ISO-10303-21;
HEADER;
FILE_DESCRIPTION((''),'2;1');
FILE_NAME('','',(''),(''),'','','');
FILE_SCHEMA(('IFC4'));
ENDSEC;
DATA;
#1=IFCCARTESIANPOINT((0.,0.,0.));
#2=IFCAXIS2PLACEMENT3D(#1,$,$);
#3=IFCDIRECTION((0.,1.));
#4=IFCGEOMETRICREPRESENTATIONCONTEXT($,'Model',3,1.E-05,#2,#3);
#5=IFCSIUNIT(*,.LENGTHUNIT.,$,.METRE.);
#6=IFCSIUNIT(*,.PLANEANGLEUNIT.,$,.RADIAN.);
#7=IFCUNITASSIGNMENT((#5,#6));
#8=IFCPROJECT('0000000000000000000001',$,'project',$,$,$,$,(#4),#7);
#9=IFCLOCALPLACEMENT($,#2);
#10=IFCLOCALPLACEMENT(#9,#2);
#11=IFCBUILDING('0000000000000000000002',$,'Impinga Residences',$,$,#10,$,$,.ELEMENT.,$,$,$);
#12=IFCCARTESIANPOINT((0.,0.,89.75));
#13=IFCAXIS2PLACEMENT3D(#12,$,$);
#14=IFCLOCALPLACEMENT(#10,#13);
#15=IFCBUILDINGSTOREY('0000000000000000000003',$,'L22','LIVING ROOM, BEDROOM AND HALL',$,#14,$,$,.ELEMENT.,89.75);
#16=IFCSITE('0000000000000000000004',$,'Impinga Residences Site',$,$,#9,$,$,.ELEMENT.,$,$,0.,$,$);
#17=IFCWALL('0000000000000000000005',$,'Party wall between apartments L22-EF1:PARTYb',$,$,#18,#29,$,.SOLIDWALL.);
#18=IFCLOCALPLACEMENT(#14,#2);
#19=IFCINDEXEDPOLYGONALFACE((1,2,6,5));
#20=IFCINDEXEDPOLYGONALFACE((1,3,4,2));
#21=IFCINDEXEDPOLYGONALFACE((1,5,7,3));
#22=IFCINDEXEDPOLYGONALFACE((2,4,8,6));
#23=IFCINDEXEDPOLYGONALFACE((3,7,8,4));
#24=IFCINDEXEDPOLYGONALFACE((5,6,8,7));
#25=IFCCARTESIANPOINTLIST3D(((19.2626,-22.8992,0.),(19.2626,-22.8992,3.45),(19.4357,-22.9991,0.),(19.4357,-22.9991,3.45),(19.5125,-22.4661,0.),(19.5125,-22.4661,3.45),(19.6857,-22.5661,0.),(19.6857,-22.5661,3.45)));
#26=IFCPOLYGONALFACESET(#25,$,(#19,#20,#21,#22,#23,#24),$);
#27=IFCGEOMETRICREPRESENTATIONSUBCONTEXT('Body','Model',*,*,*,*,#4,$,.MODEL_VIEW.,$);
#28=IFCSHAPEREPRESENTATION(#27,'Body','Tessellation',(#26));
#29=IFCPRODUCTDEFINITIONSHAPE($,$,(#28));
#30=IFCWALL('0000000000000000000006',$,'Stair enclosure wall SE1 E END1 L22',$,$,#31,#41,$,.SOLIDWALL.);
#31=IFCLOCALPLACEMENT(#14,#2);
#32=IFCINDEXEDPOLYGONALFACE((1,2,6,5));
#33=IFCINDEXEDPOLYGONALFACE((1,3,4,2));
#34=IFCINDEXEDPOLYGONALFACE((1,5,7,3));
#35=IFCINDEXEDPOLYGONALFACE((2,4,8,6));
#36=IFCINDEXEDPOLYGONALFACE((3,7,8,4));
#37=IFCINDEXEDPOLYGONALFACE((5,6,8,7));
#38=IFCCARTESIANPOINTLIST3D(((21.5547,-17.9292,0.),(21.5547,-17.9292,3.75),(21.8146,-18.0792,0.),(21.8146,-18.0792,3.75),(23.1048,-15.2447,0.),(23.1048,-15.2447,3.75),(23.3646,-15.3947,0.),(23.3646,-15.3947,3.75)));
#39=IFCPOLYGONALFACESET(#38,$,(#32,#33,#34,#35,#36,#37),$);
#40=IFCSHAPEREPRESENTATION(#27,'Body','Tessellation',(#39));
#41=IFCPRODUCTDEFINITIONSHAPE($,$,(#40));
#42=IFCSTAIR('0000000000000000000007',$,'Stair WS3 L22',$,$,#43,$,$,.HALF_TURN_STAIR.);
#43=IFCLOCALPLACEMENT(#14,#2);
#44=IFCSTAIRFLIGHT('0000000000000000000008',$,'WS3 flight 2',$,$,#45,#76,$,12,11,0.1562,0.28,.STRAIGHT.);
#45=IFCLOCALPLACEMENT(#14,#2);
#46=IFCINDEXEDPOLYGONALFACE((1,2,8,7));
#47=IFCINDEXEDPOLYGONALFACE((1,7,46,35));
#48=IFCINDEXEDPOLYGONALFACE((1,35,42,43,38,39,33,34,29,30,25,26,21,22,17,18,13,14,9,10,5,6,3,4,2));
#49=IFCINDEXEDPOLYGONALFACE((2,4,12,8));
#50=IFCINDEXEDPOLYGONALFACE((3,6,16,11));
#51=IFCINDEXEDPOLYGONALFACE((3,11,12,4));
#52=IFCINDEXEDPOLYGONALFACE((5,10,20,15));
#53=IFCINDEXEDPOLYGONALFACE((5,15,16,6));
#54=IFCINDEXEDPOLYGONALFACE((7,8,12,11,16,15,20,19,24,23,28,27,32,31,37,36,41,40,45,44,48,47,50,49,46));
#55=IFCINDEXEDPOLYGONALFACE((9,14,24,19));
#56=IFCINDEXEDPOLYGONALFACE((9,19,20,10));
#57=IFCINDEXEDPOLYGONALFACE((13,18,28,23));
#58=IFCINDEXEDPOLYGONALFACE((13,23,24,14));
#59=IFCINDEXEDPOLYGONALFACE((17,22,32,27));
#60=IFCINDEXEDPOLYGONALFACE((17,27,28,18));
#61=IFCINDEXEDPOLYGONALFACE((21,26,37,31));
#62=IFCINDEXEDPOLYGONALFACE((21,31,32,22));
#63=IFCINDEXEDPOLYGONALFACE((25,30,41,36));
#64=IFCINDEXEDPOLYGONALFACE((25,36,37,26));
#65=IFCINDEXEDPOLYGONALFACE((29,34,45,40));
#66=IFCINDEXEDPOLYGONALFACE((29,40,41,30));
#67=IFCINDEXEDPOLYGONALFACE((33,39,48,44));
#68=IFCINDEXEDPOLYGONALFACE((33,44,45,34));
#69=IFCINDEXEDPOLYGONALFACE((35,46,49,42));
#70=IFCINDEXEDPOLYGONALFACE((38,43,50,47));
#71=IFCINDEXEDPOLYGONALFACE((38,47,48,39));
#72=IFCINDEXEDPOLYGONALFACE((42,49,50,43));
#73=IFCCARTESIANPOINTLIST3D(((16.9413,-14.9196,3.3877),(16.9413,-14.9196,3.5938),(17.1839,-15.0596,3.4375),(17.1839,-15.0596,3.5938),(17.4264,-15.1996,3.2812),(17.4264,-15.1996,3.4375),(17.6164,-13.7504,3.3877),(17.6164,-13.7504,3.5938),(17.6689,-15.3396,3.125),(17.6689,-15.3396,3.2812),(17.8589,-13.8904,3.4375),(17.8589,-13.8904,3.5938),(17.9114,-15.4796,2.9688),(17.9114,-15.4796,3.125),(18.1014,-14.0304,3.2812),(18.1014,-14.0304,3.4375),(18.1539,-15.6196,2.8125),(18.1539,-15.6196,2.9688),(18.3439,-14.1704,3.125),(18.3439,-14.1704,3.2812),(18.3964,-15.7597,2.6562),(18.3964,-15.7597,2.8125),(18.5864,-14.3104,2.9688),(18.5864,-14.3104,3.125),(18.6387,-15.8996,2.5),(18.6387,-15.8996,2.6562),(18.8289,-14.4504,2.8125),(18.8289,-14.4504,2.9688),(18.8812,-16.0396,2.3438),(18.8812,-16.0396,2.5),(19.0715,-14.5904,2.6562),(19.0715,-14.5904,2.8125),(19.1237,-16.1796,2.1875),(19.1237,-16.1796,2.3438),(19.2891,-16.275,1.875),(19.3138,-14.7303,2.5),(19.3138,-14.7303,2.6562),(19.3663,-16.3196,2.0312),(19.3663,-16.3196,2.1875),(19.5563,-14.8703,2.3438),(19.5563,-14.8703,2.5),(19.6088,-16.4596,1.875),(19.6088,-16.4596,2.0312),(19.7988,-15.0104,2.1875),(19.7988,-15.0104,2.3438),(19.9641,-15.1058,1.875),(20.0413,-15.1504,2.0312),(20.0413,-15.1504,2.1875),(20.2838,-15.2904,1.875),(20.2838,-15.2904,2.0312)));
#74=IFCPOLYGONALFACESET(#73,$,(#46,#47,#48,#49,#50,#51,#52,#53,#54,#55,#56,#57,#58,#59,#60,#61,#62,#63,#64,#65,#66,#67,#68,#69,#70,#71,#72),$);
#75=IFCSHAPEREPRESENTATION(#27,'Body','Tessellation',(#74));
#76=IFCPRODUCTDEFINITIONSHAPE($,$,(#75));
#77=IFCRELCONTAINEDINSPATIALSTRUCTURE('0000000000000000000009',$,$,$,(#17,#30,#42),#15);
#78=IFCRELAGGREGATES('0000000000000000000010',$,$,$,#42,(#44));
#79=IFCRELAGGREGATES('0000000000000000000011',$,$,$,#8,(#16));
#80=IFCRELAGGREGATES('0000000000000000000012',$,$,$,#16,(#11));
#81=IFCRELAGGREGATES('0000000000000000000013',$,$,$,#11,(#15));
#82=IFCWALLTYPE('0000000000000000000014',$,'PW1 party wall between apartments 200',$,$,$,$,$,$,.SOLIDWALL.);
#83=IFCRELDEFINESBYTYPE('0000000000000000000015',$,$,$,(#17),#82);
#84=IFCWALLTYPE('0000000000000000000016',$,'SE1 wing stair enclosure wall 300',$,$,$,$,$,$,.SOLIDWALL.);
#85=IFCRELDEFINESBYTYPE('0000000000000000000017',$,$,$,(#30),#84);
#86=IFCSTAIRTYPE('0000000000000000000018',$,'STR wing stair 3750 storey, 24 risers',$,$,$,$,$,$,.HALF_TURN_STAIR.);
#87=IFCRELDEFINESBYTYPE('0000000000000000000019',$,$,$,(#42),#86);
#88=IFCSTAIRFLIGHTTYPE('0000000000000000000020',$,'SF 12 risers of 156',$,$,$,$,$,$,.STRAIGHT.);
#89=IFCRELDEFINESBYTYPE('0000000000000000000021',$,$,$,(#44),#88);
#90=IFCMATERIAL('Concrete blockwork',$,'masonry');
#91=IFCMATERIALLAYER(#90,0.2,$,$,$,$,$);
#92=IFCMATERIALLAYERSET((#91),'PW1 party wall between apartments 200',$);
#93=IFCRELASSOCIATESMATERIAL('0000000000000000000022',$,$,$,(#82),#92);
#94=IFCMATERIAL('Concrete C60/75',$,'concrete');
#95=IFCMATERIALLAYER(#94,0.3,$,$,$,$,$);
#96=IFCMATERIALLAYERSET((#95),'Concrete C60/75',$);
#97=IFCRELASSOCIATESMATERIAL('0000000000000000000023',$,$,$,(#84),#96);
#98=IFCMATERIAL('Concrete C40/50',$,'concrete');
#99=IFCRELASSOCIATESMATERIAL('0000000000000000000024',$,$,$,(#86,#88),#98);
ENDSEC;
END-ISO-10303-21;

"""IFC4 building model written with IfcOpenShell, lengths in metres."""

from ifc_helpers import new_model, si_unit, direction, frame, frame_2d, origin, place, context, subcontext, project, spatial, polyline, rectangle, outline, extrude, material, layer, layer_set, type_object, element, aggregate, save


model = new_model("IFC4")

# Units and contexts
model_context = context("Model", 3, precision=1e-05, world=origin(), true_north=direction((0.0, 1.0)))
body_context = subcontext(model_context, "Body", "Model", "MODEL_VIEW")
ifc_project = project(units=[si_unit("LENGTHUNIT", "METRE"), si_unit("PLANEANGLEUNIT", "RADIAN")], contexts=[model_context])

# Site, building, storey
site_placement = place(None, origin())
site = spatial("IfcSite", under=ifc_project, at=site_placement, Name="Impinga Residences Site", CompositionType="ELEMENT", RefElevation=0.0)
building_placement = place(site_placement, origin())
building = spatial("IfcBuilding", under=site, at=building_placement, Name="Impinga Residences", CompositionType="ELEMENT")
storey_placement = place(building_placement, frame((0.0, 0.0, 89.75)))
storey = spatial("IfcBuildingStorey", under=building, at=storey_placement, Name="L22", Description="LIVING ROOM, BEDROOM AND HALL", CompositionType="ELEMENT", Elevation=89.75)

# Walls
ifc_material_1 = material(Name="Concrete blockwork", Category="masonry")
ifc_layer_1 = layer(ifc_material_1, 0.2)
ifc_layer_set_1 = layer_set([ifc_layer_1], Name="PW1 party wall between apartments 200")
wall_type_1 = type_object("IfcWallType", Name="PW1 party wall between apartments 200", PredefinedType="SOLIDWALL", material=ifc_layer_set_1)
wall_1_placement = place(storey_placement, frame((19.5991, -22.5161, 0.0), z_axis=(0.0, 0.0, 1.0), x_axis=(-0.49992, -0.866072, 0.0)))
element("IfcWall", 1, at=wall_1_placement, inside=storey, type_object=wall_type_1, Name="Party wall between apartments L22-EF1:PARTYb", PredefinedType="SOLIDWALL", context=body_context, shape_type="SweptSolid", body=[
    extrude(rectangle(XDim=0.5, YDim=0.2, at=frame_2d((0.25, 0.0))), origin(), (0.0, 0.0, 1.0), 3.45),
])
ifc_material_2 = material(Name="Concrete C60/75", Category="concrete")
ifc_layer_2 = layer(ifc_material_2, 0.3)
ifc_layer_set_2 = layer_set([ifc_layer_2], Name="Concrete C60/75")
wall_type_2 = type_object("IfcWallType", Name="SE1 wing stair enclosure wall 300", PredefinedType="SOLIDWALL", material=ifc_layer_set_2)
wall_2_placement = place(storey_placement, frame((23.2346, -15.3198, 0.0), z_axis=(0.0, 0.0, 1.0), x_axis=(-0.500027, -0.86601, 0.0)))
element("IfcWall", 2, at=wall_2_placement, inside=storey, type_object=wall_type_2, Name="Stair enclosure wall SE1 E END1 L22", PredefinedType="SOLIDWALL", context=body_context, shape_type="SweptSolid", body=[
    extrude(rectangle(XDim=3.0999, YDim=0.3, at=frame_2d((1.5498, 0.0))), origin(), (0.0, 0.0, 1.0), 3.75),
])

# Stair, stair flight
ifc_material_3 = material(Name="Concrete C40/50", Category="concrete")
stair_type = type_object("IfcStairType", Name="STR wing stair 3750 storey, 24 risers", PredefinedType="HALF_TURN_STAIR", material=ifc_material_3)
stair_placement = place(storey_placement, origin())
stair = element("IfcStair", 3, at=stair_placement, inside=storey, type_object=stair_type, Name="Stair WS3 L22", PredefinedType="HALF_TURN_STAIR")
stair_flight_type = type_object("IfcStairFlightType", Name="SF 12 risers of 156", PredefinedType="STRAIGHT", material=ifc_material_3)
stair_flight_placement = place(storey_placement, frame((19.9463, -15.875, 1.875), z_axis=(0.0, 0.0, 1.0), x_axis=(-0.866025, 0.5, 0.0)))
stair_flight = element("IfcStairFlight", 4, at=stair_flight_placement, type_object=stair_flight_type, Name="WS3 flight 2", NumberOfRisers=12, NumberOfTreads=11, PredefinedType="STRAIGHT", RiserHeight=0.1562, TreadLength=0.28, context=body_context, shape_type="SweptSolid", body=[
    extrude(outline(polyline([(0.0, 0.0), (0.0, 0.1562), (0.28, 0.1562), (0.28, 0.3125), (0.5601, 0.3125), (0.5601, 0.4688), (0.8401, 0.4688), (0.8401, 0.625), (1.1201, 0.625), (1.1201, 0.7812), (1.3999, 0.7812), (1.3999, 0.9375), (1.6799, 0.9375), (1.6799, 1.0938), (1.96, 1.0938), (1.96, 1.25), (2.24, 1.25), (2.24, 1.4062), (2.52, 1.4062), (2.52, 1.5625), (2.8, 1.5625), (2.8, 1.7188), (3.0801, 1.7188), (3.0801, 1.875), (3.0801, 1.5127), (0.3691, 0.0), (0.0, 0.0)])), frame((0.0, 0.675, 0.0), z_axis=(0.0, -1.0, 0.0), x_axis=(1.0, 0.0, 0.0)), (0.0, 0.0, 1.0), 1.3501),
])
aggregate(stair, [stair_flight])

save(model, "model.ifc")
